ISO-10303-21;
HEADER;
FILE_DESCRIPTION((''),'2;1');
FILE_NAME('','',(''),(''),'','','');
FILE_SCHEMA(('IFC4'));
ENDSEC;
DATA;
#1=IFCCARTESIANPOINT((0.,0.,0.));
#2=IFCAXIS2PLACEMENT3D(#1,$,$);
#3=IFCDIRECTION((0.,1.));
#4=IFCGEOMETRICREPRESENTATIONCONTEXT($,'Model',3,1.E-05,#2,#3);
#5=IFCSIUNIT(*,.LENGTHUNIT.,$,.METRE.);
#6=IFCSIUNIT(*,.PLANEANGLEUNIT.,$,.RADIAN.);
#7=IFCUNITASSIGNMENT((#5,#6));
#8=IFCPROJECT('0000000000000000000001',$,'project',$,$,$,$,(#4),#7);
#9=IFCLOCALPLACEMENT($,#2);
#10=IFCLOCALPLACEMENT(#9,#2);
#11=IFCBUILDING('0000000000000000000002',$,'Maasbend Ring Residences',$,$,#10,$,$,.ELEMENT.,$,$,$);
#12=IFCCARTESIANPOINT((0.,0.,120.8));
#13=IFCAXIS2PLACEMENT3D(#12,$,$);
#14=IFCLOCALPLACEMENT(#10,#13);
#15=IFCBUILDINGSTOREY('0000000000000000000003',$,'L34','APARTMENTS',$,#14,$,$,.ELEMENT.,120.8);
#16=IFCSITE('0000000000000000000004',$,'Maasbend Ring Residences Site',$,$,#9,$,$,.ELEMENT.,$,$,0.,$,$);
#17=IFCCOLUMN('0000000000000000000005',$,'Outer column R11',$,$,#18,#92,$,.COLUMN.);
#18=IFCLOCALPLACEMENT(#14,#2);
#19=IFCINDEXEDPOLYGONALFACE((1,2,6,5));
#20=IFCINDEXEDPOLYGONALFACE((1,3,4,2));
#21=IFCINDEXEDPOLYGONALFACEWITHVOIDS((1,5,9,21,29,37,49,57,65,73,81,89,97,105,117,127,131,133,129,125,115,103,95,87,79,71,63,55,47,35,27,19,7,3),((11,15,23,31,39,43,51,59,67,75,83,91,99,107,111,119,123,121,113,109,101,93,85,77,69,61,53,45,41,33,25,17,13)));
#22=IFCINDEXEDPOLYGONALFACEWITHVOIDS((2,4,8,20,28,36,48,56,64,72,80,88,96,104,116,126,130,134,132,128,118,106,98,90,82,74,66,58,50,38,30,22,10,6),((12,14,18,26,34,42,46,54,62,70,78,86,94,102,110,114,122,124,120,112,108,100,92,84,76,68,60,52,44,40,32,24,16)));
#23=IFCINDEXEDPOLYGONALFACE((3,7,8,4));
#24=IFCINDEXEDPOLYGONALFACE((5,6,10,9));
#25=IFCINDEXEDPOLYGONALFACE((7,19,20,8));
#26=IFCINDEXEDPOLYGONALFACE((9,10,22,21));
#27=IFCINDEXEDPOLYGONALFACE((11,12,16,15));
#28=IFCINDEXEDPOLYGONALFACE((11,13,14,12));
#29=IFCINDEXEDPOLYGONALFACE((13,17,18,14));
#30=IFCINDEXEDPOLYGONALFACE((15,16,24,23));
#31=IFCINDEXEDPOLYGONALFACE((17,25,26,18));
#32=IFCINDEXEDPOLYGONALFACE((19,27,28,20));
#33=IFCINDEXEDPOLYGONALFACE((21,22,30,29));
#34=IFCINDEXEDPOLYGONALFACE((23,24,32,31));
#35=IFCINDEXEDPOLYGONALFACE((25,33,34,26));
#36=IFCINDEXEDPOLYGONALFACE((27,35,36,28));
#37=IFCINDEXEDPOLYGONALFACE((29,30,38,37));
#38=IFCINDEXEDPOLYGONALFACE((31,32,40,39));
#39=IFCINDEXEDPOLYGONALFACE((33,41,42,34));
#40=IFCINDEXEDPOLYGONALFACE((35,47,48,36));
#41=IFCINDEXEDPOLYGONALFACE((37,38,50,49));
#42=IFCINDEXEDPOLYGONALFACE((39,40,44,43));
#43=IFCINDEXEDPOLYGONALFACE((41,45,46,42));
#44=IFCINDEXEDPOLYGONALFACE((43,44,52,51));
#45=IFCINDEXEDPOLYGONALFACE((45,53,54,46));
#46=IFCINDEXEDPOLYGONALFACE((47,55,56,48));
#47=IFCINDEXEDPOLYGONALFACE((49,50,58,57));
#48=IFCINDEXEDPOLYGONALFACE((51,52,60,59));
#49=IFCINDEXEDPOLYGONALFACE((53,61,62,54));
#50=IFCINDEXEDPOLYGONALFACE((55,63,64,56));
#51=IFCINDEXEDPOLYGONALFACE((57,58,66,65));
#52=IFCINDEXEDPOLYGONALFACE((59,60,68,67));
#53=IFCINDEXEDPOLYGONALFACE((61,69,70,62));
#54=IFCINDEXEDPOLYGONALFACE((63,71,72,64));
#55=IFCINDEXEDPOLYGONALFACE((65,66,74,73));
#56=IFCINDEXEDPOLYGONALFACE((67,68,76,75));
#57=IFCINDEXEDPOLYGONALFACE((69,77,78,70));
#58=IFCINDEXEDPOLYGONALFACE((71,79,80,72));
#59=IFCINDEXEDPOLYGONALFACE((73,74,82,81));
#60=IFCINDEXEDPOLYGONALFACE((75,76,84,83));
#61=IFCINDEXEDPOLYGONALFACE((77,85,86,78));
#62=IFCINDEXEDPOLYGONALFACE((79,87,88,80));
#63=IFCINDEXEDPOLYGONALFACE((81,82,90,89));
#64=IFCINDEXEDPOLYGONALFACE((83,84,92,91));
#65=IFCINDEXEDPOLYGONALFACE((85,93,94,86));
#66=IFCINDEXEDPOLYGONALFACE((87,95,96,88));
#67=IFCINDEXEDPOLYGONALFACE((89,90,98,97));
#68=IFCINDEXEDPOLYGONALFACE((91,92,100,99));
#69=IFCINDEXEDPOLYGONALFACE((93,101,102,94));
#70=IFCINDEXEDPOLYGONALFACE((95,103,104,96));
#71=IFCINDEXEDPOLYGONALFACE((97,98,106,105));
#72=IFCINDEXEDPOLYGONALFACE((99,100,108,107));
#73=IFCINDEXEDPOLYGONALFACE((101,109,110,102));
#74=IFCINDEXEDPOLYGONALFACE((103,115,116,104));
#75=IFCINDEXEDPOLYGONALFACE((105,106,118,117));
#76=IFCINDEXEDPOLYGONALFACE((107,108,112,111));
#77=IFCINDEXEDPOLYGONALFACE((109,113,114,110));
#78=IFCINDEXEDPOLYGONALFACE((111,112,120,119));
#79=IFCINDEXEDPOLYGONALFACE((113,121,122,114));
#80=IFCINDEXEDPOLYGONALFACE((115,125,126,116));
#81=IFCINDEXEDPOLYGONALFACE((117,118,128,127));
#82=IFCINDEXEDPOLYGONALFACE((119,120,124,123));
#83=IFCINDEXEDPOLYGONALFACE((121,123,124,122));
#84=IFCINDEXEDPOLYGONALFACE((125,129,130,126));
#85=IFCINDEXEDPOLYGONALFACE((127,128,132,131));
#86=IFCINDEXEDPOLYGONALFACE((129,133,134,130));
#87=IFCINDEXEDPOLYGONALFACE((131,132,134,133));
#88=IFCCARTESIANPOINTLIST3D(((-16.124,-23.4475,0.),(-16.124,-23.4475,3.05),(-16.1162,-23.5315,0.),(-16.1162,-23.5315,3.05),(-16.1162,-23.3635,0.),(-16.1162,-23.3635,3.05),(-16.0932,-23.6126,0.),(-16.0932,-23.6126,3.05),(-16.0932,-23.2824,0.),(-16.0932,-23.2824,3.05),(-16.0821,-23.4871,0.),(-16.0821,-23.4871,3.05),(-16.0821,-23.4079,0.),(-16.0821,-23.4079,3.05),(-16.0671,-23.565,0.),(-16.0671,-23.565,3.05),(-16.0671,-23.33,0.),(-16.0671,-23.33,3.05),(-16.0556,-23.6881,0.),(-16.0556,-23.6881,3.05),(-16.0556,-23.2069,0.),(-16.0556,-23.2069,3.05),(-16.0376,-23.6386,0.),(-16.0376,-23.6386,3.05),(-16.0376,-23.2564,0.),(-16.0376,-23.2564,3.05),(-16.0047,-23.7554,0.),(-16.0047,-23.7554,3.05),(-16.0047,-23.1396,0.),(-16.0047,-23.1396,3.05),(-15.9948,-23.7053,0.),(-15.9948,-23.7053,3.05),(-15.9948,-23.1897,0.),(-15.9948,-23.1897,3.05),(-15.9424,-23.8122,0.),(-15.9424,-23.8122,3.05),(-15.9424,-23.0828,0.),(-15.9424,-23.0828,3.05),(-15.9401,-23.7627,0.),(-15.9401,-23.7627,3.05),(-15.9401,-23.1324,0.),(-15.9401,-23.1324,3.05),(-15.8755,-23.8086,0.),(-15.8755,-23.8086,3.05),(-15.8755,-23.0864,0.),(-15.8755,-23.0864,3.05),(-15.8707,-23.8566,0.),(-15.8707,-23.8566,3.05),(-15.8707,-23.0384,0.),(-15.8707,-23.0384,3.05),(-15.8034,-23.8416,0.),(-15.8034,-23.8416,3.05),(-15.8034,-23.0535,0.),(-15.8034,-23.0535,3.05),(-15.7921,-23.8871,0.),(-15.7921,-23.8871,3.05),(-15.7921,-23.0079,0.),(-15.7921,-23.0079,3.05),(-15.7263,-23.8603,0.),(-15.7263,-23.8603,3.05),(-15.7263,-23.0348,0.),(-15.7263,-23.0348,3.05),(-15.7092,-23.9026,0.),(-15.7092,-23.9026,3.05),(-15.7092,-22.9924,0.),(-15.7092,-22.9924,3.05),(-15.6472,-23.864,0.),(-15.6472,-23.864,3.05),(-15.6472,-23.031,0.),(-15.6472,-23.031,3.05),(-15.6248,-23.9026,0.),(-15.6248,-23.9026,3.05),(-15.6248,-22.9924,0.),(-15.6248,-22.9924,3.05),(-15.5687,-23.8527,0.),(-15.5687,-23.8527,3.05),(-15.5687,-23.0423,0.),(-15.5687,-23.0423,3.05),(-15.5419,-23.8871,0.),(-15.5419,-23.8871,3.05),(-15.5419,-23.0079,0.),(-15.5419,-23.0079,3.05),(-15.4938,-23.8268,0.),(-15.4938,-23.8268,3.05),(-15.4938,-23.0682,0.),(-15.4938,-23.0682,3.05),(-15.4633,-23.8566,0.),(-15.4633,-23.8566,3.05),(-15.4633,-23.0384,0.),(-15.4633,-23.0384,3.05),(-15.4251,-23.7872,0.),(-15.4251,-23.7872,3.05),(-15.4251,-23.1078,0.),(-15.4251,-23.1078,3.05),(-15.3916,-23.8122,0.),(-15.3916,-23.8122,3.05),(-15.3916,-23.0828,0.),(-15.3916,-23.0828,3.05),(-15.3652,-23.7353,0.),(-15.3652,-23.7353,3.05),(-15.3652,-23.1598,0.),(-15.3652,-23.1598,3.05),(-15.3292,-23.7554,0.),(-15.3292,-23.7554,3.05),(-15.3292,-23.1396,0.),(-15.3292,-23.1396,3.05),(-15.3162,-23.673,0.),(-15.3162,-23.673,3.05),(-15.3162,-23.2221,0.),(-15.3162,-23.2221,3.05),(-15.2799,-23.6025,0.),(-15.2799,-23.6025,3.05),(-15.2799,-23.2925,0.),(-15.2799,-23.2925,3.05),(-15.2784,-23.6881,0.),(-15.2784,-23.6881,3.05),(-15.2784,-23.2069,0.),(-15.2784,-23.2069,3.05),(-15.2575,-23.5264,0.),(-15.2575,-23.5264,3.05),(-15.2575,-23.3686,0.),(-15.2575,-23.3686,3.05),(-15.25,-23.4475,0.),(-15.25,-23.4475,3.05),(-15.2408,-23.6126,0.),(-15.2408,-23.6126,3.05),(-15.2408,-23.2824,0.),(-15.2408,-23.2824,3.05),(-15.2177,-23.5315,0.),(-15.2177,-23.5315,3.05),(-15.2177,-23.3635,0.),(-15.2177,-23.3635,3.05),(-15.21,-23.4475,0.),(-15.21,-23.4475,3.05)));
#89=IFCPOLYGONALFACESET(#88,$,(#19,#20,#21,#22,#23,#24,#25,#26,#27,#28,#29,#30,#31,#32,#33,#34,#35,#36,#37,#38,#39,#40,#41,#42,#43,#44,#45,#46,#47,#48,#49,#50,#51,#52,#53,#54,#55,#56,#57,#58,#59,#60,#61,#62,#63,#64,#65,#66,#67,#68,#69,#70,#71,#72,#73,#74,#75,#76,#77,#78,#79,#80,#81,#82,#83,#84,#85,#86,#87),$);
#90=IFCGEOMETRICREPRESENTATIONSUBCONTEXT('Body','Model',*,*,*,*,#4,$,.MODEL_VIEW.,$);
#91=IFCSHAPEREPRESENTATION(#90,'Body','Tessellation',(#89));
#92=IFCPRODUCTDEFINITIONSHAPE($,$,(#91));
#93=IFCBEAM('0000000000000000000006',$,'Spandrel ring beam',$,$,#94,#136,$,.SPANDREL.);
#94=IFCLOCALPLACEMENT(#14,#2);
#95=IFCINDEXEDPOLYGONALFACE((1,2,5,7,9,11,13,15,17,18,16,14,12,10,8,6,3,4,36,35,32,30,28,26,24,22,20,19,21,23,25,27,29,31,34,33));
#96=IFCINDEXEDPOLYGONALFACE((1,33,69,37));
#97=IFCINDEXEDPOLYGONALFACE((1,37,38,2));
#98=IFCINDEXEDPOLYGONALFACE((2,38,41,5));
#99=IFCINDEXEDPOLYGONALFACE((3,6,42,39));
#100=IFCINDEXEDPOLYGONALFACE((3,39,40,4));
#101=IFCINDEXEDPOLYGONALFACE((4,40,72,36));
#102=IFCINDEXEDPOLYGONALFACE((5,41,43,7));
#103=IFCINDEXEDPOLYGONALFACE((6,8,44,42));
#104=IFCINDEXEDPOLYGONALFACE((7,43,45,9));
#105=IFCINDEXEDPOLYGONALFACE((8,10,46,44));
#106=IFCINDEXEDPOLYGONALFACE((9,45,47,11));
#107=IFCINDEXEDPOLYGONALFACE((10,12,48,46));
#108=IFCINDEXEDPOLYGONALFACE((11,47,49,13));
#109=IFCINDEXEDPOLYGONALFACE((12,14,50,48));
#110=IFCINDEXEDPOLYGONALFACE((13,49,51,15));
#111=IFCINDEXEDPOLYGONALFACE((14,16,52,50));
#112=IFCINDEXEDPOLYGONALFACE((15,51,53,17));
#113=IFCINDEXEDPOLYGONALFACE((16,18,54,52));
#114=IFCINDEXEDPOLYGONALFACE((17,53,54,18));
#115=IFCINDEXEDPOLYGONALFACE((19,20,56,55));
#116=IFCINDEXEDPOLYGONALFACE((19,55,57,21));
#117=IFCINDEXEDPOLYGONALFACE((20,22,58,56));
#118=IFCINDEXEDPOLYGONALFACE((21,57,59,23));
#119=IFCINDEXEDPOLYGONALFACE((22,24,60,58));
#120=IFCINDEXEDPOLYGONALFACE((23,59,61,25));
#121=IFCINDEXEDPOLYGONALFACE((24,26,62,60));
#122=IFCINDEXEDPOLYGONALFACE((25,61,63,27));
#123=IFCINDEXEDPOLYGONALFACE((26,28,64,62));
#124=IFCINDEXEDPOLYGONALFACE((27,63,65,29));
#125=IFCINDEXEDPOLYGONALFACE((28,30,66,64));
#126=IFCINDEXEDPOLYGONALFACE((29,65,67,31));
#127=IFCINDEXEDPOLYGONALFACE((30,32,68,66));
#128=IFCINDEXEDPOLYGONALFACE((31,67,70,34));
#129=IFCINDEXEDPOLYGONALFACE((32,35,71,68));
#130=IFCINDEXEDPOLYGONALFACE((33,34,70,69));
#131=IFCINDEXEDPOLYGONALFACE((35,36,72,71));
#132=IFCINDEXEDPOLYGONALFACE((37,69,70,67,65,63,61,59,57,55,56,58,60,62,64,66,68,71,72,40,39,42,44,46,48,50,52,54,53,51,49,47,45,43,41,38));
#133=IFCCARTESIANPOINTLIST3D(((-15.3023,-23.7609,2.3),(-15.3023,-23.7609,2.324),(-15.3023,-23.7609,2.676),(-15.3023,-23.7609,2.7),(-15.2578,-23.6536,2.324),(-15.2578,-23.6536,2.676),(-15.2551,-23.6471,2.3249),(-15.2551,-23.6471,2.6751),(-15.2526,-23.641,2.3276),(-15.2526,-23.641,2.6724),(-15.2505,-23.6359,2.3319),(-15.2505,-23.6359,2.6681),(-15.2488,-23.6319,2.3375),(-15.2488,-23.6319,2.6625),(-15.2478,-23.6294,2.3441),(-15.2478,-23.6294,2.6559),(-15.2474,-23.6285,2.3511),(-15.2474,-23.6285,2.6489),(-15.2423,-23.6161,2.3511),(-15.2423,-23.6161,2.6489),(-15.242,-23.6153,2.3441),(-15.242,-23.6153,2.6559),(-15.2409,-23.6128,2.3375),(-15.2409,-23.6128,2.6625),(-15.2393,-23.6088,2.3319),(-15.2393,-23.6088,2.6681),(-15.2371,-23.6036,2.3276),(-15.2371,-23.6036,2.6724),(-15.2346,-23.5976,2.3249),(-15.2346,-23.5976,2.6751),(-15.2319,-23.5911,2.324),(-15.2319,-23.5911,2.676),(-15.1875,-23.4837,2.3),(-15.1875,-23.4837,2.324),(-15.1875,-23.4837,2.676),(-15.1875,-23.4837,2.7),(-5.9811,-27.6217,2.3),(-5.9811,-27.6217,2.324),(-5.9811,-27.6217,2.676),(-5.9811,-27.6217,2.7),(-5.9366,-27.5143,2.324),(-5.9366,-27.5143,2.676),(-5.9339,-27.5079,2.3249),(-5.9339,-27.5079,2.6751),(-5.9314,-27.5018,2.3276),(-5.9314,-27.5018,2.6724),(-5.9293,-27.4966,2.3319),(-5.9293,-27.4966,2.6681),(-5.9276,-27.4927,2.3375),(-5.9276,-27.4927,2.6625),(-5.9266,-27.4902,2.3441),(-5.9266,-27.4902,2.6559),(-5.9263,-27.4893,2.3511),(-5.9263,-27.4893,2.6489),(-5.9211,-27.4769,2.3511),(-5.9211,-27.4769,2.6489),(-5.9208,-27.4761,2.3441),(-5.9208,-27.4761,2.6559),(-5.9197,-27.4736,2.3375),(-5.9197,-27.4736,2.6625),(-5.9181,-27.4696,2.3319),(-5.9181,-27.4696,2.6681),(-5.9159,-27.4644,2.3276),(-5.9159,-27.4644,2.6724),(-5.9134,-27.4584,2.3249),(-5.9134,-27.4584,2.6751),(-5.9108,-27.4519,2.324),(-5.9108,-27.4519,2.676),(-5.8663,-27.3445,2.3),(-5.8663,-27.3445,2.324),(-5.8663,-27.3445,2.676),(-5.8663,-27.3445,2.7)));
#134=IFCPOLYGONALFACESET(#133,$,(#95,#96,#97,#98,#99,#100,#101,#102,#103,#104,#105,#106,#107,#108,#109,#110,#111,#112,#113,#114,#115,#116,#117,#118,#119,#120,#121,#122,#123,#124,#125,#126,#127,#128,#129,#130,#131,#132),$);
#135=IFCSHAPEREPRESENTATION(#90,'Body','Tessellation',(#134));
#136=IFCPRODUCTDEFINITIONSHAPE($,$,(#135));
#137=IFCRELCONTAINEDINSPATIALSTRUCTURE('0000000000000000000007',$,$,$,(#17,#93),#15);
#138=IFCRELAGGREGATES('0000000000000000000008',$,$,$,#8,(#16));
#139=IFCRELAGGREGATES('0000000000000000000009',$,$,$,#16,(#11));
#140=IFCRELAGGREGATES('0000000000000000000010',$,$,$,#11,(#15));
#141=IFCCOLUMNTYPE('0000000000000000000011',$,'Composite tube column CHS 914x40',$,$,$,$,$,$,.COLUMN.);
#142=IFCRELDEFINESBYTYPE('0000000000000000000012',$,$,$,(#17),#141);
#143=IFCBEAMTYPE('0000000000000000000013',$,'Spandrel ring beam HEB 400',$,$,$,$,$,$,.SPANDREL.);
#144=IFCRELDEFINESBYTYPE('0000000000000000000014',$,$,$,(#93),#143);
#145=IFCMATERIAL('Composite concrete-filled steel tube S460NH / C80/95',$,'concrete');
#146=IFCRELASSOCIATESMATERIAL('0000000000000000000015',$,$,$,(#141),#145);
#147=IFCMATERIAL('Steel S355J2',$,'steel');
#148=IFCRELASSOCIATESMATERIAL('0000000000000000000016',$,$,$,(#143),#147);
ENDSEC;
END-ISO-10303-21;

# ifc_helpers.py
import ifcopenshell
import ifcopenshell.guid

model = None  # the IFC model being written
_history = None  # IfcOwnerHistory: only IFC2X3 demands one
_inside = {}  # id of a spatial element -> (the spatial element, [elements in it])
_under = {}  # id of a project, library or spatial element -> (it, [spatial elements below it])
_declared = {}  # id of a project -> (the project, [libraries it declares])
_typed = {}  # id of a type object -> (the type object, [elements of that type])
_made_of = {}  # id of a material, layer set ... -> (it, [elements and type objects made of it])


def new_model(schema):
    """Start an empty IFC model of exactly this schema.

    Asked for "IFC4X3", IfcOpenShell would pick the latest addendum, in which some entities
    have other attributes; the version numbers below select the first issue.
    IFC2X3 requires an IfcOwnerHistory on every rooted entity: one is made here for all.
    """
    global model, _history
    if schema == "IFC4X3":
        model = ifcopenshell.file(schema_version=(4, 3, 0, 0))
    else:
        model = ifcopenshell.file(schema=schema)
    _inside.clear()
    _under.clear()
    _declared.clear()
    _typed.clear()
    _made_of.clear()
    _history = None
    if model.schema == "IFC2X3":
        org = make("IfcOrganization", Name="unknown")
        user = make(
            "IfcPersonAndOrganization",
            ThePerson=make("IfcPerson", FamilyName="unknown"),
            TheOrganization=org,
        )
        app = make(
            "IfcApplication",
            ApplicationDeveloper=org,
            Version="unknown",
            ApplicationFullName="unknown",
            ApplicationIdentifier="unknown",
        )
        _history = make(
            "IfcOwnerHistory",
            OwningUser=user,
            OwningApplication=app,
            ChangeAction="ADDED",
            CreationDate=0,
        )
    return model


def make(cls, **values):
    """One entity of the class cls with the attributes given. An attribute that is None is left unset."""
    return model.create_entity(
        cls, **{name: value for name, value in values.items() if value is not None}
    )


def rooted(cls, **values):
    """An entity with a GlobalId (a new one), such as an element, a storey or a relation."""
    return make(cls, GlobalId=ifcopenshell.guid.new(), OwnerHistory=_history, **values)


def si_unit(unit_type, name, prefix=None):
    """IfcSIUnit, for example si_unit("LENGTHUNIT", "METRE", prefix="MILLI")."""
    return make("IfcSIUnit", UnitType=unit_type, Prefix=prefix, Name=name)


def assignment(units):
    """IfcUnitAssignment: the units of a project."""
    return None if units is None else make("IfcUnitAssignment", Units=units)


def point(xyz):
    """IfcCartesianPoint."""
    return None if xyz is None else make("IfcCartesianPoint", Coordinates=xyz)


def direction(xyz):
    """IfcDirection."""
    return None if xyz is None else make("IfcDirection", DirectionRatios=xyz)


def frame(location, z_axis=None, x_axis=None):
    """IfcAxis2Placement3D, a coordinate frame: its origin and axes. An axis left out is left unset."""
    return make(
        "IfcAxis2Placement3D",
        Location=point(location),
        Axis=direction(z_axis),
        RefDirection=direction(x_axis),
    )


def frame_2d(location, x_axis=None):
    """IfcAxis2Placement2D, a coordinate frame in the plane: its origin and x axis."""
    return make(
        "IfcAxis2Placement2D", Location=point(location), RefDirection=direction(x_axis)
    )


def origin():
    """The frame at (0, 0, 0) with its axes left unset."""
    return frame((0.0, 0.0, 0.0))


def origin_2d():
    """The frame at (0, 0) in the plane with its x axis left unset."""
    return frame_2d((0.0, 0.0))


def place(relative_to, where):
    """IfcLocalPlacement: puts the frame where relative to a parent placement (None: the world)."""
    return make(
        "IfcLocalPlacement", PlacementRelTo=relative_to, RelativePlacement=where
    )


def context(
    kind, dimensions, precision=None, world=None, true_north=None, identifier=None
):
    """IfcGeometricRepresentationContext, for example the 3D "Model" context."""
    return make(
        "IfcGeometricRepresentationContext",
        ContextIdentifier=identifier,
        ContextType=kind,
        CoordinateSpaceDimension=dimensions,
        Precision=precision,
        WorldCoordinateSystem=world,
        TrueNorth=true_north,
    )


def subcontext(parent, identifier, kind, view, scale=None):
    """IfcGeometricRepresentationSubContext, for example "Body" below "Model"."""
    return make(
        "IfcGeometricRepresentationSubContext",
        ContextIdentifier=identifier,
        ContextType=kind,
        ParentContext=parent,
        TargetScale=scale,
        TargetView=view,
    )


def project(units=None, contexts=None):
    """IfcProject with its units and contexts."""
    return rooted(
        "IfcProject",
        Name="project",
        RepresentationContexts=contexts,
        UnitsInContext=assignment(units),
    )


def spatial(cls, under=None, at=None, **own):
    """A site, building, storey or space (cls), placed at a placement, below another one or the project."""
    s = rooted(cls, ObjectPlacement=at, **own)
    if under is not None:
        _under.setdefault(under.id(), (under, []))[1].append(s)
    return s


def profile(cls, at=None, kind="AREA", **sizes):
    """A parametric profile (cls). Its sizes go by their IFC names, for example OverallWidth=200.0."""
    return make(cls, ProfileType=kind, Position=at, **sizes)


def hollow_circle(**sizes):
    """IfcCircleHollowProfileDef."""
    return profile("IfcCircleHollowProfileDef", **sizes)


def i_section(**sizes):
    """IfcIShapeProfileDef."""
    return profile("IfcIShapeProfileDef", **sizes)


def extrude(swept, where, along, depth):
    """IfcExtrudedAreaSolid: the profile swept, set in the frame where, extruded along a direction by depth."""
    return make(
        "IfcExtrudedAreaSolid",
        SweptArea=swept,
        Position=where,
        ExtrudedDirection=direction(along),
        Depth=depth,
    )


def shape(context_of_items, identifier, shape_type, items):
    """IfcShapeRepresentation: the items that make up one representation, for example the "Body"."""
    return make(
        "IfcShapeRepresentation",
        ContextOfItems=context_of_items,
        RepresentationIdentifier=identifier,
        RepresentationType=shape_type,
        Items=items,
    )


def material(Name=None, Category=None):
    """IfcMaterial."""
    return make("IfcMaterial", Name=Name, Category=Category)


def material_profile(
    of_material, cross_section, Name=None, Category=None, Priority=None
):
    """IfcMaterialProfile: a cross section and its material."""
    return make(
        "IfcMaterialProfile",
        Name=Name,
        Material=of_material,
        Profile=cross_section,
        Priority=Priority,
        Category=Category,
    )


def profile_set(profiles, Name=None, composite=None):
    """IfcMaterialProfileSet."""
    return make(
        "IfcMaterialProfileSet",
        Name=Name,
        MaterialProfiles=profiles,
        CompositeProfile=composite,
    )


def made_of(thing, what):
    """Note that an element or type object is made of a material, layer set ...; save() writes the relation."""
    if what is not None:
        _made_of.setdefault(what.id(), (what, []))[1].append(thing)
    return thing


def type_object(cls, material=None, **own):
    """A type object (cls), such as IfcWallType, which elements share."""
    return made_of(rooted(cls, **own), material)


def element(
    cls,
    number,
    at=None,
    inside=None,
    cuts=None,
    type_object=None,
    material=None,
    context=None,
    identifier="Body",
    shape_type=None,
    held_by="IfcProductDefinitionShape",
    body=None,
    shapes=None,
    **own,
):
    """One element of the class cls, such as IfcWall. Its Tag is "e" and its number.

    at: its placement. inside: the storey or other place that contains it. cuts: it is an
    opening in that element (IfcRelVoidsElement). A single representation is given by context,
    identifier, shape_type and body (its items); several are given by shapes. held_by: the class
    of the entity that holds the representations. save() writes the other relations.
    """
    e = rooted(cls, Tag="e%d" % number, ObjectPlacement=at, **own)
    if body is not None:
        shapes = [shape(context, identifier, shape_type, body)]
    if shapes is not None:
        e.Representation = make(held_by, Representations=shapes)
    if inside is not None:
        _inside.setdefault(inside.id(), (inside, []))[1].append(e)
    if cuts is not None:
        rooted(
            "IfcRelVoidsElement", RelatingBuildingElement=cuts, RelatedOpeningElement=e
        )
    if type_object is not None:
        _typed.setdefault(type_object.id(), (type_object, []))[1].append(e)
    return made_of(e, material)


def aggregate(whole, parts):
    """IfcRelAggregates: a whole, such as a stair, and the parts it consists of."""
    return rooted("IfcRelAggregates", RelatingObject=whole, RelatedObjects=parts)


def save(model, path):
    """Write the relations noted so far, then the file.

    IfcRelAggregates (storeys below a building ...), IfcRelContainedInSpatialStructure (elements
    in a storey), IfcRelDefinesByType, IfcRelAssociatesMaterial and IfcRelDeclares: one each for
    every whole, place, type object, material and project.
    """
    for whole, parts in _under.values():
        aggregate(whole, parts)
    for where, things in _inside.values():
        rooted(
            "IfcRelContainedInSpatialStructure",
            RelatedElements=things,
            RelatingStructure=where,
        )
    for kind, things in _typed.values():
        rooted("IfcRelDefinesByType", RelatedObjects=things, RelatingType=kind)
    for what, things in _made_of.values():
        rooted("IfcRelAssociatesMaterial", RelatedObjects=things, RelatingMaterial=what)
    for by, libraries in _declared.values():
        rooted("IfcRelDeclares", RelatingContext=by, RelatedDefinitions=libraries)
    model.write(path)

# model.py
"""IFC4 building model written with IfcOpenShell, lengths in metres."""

from ifc_helpers import new_model, si_unit, direction, frame, origin, origin_2d, place, context, subcontext, project, spatial, hollow_circle, i_section, extrude, material, material_profile, profile_set, type_object, element, save


model = new_model("IFC4")

# Units and contexts
model_context = context("Model", 3, precision=1e-05, world=origin(), true_north=direction((0.0, 1.0)))
body_context = subcontext(model_context, "Body", "Model", "MODEL_VIEW")
ifc_project = project(units=[si_unit("LENGTHUNIT", "METRE"), si_unit("PLANEANGLEUNIT", "RADIAN")], contexts=[model_context])

# Site, building, storey
site_placement = place(None, origin())
site = spatial("IfcSite", under=ifc_project, at=site_placement, Name="Maasbend Ring Residences Site", CompositionType="ELEMENT", RefElevation=0.0)
building_placement = place(site_placement, origin())
building = spatial("IfcBuilding", under=site, at=building_placement, Name="Maasbend Ring Residences", CompositionType="ELEMENT")
storey_placement = place(building_placement, frame((0.0, 0.0, 120.8)))
storey = spatial("IfcBuildingStorey", under=building, at=storey_placement, Name="L34", Description="APARTMENTS", CompositionType="ELEMENT", Elevation=120.8)

# Column
ifc_material_1 = material(Name="Composite concrete-filled steel tube S460NH / C80/95", Category="concrete")
ifc_material_profile_1 = material_profile(ifc_material_1, hollow_circle(Radius=0.457, WallThickness=0.04, at=origin_2d()), Name="Composite tube column CHS 914x40")
ifc_profile_set_1 = profile_set([ifc_material_profile_1], Name="Composite concrete-filled steel tube S460NH / C80/95")
column_type = type_object("IfcColumnType", Name="Composite tube column CHS 914x40", PredefinedType="COLUMN", material=ifc_profile_set_1)
column_placement = place(storey_placement, frame((-15.667, -23.4475, 0.0), z_axis=(0.0, 0.0, 1.0), x_axis=(1.0, 0.0, 0.0)))
element("IfcColumn", 1, at=column_placement, inside=storey, type_object=column_type, Name="Outer column R11", PredefinedType="COLUMN", context=body_context, shape_type="SweptSolid", body=[
    extrude(hollow_circle(Radius=0.457, WallThickness=0.04, at=origin_2d()), origin(), (0.0, 0.0, 1.0), 3.05),
])

# Beam
ifc_material_2 = material(Name="Steel S355J2", Category="steel")
ifc_material_profile_2 = material_profile(ifc_material_2, i_section(OverallWidth=0.3, OverallDepth=0.3999, WebThickness=0.0134, FlangeThickness=0.0239, FilletRadius=0.0271, at=origin_2d()), Name="HEB 400")
ifc_profile_set_2 = profile_set([ifc_material_profile_2], Name="Steel S355J2")
beam_type = type_object("IfcBeamType", Name="Spandrel ring beam HEB 400", PredefinedType="SPANDREL", material=ifc_profile_set_2)
beam_placement = place(storey_placement, frame((-15.2449, -23.6223, 2.5), z_axis=(0.923885, -0.38267, 0.0), x_axis=(0.38267, 0.923885, 0.0)))
element("IfcBeam", 2, at=beam_placement, inside=storey, type_object=beam_type, Name="Spandrel ring beam", PredefinedType="SPANDREL", context=body_context, shape_type="SweptSolid", body=[
    extrude(i_section(OverallWidth=0.3, OverallDepth=0.3999, WebThickness=0.0134, FlangeThickness=0.0239, FilletRadius=0.0271, at=origin_2d()), origin(), (0.0, 0.0, 1.0), 10.0891),
])

save(model, "model.ifc")
